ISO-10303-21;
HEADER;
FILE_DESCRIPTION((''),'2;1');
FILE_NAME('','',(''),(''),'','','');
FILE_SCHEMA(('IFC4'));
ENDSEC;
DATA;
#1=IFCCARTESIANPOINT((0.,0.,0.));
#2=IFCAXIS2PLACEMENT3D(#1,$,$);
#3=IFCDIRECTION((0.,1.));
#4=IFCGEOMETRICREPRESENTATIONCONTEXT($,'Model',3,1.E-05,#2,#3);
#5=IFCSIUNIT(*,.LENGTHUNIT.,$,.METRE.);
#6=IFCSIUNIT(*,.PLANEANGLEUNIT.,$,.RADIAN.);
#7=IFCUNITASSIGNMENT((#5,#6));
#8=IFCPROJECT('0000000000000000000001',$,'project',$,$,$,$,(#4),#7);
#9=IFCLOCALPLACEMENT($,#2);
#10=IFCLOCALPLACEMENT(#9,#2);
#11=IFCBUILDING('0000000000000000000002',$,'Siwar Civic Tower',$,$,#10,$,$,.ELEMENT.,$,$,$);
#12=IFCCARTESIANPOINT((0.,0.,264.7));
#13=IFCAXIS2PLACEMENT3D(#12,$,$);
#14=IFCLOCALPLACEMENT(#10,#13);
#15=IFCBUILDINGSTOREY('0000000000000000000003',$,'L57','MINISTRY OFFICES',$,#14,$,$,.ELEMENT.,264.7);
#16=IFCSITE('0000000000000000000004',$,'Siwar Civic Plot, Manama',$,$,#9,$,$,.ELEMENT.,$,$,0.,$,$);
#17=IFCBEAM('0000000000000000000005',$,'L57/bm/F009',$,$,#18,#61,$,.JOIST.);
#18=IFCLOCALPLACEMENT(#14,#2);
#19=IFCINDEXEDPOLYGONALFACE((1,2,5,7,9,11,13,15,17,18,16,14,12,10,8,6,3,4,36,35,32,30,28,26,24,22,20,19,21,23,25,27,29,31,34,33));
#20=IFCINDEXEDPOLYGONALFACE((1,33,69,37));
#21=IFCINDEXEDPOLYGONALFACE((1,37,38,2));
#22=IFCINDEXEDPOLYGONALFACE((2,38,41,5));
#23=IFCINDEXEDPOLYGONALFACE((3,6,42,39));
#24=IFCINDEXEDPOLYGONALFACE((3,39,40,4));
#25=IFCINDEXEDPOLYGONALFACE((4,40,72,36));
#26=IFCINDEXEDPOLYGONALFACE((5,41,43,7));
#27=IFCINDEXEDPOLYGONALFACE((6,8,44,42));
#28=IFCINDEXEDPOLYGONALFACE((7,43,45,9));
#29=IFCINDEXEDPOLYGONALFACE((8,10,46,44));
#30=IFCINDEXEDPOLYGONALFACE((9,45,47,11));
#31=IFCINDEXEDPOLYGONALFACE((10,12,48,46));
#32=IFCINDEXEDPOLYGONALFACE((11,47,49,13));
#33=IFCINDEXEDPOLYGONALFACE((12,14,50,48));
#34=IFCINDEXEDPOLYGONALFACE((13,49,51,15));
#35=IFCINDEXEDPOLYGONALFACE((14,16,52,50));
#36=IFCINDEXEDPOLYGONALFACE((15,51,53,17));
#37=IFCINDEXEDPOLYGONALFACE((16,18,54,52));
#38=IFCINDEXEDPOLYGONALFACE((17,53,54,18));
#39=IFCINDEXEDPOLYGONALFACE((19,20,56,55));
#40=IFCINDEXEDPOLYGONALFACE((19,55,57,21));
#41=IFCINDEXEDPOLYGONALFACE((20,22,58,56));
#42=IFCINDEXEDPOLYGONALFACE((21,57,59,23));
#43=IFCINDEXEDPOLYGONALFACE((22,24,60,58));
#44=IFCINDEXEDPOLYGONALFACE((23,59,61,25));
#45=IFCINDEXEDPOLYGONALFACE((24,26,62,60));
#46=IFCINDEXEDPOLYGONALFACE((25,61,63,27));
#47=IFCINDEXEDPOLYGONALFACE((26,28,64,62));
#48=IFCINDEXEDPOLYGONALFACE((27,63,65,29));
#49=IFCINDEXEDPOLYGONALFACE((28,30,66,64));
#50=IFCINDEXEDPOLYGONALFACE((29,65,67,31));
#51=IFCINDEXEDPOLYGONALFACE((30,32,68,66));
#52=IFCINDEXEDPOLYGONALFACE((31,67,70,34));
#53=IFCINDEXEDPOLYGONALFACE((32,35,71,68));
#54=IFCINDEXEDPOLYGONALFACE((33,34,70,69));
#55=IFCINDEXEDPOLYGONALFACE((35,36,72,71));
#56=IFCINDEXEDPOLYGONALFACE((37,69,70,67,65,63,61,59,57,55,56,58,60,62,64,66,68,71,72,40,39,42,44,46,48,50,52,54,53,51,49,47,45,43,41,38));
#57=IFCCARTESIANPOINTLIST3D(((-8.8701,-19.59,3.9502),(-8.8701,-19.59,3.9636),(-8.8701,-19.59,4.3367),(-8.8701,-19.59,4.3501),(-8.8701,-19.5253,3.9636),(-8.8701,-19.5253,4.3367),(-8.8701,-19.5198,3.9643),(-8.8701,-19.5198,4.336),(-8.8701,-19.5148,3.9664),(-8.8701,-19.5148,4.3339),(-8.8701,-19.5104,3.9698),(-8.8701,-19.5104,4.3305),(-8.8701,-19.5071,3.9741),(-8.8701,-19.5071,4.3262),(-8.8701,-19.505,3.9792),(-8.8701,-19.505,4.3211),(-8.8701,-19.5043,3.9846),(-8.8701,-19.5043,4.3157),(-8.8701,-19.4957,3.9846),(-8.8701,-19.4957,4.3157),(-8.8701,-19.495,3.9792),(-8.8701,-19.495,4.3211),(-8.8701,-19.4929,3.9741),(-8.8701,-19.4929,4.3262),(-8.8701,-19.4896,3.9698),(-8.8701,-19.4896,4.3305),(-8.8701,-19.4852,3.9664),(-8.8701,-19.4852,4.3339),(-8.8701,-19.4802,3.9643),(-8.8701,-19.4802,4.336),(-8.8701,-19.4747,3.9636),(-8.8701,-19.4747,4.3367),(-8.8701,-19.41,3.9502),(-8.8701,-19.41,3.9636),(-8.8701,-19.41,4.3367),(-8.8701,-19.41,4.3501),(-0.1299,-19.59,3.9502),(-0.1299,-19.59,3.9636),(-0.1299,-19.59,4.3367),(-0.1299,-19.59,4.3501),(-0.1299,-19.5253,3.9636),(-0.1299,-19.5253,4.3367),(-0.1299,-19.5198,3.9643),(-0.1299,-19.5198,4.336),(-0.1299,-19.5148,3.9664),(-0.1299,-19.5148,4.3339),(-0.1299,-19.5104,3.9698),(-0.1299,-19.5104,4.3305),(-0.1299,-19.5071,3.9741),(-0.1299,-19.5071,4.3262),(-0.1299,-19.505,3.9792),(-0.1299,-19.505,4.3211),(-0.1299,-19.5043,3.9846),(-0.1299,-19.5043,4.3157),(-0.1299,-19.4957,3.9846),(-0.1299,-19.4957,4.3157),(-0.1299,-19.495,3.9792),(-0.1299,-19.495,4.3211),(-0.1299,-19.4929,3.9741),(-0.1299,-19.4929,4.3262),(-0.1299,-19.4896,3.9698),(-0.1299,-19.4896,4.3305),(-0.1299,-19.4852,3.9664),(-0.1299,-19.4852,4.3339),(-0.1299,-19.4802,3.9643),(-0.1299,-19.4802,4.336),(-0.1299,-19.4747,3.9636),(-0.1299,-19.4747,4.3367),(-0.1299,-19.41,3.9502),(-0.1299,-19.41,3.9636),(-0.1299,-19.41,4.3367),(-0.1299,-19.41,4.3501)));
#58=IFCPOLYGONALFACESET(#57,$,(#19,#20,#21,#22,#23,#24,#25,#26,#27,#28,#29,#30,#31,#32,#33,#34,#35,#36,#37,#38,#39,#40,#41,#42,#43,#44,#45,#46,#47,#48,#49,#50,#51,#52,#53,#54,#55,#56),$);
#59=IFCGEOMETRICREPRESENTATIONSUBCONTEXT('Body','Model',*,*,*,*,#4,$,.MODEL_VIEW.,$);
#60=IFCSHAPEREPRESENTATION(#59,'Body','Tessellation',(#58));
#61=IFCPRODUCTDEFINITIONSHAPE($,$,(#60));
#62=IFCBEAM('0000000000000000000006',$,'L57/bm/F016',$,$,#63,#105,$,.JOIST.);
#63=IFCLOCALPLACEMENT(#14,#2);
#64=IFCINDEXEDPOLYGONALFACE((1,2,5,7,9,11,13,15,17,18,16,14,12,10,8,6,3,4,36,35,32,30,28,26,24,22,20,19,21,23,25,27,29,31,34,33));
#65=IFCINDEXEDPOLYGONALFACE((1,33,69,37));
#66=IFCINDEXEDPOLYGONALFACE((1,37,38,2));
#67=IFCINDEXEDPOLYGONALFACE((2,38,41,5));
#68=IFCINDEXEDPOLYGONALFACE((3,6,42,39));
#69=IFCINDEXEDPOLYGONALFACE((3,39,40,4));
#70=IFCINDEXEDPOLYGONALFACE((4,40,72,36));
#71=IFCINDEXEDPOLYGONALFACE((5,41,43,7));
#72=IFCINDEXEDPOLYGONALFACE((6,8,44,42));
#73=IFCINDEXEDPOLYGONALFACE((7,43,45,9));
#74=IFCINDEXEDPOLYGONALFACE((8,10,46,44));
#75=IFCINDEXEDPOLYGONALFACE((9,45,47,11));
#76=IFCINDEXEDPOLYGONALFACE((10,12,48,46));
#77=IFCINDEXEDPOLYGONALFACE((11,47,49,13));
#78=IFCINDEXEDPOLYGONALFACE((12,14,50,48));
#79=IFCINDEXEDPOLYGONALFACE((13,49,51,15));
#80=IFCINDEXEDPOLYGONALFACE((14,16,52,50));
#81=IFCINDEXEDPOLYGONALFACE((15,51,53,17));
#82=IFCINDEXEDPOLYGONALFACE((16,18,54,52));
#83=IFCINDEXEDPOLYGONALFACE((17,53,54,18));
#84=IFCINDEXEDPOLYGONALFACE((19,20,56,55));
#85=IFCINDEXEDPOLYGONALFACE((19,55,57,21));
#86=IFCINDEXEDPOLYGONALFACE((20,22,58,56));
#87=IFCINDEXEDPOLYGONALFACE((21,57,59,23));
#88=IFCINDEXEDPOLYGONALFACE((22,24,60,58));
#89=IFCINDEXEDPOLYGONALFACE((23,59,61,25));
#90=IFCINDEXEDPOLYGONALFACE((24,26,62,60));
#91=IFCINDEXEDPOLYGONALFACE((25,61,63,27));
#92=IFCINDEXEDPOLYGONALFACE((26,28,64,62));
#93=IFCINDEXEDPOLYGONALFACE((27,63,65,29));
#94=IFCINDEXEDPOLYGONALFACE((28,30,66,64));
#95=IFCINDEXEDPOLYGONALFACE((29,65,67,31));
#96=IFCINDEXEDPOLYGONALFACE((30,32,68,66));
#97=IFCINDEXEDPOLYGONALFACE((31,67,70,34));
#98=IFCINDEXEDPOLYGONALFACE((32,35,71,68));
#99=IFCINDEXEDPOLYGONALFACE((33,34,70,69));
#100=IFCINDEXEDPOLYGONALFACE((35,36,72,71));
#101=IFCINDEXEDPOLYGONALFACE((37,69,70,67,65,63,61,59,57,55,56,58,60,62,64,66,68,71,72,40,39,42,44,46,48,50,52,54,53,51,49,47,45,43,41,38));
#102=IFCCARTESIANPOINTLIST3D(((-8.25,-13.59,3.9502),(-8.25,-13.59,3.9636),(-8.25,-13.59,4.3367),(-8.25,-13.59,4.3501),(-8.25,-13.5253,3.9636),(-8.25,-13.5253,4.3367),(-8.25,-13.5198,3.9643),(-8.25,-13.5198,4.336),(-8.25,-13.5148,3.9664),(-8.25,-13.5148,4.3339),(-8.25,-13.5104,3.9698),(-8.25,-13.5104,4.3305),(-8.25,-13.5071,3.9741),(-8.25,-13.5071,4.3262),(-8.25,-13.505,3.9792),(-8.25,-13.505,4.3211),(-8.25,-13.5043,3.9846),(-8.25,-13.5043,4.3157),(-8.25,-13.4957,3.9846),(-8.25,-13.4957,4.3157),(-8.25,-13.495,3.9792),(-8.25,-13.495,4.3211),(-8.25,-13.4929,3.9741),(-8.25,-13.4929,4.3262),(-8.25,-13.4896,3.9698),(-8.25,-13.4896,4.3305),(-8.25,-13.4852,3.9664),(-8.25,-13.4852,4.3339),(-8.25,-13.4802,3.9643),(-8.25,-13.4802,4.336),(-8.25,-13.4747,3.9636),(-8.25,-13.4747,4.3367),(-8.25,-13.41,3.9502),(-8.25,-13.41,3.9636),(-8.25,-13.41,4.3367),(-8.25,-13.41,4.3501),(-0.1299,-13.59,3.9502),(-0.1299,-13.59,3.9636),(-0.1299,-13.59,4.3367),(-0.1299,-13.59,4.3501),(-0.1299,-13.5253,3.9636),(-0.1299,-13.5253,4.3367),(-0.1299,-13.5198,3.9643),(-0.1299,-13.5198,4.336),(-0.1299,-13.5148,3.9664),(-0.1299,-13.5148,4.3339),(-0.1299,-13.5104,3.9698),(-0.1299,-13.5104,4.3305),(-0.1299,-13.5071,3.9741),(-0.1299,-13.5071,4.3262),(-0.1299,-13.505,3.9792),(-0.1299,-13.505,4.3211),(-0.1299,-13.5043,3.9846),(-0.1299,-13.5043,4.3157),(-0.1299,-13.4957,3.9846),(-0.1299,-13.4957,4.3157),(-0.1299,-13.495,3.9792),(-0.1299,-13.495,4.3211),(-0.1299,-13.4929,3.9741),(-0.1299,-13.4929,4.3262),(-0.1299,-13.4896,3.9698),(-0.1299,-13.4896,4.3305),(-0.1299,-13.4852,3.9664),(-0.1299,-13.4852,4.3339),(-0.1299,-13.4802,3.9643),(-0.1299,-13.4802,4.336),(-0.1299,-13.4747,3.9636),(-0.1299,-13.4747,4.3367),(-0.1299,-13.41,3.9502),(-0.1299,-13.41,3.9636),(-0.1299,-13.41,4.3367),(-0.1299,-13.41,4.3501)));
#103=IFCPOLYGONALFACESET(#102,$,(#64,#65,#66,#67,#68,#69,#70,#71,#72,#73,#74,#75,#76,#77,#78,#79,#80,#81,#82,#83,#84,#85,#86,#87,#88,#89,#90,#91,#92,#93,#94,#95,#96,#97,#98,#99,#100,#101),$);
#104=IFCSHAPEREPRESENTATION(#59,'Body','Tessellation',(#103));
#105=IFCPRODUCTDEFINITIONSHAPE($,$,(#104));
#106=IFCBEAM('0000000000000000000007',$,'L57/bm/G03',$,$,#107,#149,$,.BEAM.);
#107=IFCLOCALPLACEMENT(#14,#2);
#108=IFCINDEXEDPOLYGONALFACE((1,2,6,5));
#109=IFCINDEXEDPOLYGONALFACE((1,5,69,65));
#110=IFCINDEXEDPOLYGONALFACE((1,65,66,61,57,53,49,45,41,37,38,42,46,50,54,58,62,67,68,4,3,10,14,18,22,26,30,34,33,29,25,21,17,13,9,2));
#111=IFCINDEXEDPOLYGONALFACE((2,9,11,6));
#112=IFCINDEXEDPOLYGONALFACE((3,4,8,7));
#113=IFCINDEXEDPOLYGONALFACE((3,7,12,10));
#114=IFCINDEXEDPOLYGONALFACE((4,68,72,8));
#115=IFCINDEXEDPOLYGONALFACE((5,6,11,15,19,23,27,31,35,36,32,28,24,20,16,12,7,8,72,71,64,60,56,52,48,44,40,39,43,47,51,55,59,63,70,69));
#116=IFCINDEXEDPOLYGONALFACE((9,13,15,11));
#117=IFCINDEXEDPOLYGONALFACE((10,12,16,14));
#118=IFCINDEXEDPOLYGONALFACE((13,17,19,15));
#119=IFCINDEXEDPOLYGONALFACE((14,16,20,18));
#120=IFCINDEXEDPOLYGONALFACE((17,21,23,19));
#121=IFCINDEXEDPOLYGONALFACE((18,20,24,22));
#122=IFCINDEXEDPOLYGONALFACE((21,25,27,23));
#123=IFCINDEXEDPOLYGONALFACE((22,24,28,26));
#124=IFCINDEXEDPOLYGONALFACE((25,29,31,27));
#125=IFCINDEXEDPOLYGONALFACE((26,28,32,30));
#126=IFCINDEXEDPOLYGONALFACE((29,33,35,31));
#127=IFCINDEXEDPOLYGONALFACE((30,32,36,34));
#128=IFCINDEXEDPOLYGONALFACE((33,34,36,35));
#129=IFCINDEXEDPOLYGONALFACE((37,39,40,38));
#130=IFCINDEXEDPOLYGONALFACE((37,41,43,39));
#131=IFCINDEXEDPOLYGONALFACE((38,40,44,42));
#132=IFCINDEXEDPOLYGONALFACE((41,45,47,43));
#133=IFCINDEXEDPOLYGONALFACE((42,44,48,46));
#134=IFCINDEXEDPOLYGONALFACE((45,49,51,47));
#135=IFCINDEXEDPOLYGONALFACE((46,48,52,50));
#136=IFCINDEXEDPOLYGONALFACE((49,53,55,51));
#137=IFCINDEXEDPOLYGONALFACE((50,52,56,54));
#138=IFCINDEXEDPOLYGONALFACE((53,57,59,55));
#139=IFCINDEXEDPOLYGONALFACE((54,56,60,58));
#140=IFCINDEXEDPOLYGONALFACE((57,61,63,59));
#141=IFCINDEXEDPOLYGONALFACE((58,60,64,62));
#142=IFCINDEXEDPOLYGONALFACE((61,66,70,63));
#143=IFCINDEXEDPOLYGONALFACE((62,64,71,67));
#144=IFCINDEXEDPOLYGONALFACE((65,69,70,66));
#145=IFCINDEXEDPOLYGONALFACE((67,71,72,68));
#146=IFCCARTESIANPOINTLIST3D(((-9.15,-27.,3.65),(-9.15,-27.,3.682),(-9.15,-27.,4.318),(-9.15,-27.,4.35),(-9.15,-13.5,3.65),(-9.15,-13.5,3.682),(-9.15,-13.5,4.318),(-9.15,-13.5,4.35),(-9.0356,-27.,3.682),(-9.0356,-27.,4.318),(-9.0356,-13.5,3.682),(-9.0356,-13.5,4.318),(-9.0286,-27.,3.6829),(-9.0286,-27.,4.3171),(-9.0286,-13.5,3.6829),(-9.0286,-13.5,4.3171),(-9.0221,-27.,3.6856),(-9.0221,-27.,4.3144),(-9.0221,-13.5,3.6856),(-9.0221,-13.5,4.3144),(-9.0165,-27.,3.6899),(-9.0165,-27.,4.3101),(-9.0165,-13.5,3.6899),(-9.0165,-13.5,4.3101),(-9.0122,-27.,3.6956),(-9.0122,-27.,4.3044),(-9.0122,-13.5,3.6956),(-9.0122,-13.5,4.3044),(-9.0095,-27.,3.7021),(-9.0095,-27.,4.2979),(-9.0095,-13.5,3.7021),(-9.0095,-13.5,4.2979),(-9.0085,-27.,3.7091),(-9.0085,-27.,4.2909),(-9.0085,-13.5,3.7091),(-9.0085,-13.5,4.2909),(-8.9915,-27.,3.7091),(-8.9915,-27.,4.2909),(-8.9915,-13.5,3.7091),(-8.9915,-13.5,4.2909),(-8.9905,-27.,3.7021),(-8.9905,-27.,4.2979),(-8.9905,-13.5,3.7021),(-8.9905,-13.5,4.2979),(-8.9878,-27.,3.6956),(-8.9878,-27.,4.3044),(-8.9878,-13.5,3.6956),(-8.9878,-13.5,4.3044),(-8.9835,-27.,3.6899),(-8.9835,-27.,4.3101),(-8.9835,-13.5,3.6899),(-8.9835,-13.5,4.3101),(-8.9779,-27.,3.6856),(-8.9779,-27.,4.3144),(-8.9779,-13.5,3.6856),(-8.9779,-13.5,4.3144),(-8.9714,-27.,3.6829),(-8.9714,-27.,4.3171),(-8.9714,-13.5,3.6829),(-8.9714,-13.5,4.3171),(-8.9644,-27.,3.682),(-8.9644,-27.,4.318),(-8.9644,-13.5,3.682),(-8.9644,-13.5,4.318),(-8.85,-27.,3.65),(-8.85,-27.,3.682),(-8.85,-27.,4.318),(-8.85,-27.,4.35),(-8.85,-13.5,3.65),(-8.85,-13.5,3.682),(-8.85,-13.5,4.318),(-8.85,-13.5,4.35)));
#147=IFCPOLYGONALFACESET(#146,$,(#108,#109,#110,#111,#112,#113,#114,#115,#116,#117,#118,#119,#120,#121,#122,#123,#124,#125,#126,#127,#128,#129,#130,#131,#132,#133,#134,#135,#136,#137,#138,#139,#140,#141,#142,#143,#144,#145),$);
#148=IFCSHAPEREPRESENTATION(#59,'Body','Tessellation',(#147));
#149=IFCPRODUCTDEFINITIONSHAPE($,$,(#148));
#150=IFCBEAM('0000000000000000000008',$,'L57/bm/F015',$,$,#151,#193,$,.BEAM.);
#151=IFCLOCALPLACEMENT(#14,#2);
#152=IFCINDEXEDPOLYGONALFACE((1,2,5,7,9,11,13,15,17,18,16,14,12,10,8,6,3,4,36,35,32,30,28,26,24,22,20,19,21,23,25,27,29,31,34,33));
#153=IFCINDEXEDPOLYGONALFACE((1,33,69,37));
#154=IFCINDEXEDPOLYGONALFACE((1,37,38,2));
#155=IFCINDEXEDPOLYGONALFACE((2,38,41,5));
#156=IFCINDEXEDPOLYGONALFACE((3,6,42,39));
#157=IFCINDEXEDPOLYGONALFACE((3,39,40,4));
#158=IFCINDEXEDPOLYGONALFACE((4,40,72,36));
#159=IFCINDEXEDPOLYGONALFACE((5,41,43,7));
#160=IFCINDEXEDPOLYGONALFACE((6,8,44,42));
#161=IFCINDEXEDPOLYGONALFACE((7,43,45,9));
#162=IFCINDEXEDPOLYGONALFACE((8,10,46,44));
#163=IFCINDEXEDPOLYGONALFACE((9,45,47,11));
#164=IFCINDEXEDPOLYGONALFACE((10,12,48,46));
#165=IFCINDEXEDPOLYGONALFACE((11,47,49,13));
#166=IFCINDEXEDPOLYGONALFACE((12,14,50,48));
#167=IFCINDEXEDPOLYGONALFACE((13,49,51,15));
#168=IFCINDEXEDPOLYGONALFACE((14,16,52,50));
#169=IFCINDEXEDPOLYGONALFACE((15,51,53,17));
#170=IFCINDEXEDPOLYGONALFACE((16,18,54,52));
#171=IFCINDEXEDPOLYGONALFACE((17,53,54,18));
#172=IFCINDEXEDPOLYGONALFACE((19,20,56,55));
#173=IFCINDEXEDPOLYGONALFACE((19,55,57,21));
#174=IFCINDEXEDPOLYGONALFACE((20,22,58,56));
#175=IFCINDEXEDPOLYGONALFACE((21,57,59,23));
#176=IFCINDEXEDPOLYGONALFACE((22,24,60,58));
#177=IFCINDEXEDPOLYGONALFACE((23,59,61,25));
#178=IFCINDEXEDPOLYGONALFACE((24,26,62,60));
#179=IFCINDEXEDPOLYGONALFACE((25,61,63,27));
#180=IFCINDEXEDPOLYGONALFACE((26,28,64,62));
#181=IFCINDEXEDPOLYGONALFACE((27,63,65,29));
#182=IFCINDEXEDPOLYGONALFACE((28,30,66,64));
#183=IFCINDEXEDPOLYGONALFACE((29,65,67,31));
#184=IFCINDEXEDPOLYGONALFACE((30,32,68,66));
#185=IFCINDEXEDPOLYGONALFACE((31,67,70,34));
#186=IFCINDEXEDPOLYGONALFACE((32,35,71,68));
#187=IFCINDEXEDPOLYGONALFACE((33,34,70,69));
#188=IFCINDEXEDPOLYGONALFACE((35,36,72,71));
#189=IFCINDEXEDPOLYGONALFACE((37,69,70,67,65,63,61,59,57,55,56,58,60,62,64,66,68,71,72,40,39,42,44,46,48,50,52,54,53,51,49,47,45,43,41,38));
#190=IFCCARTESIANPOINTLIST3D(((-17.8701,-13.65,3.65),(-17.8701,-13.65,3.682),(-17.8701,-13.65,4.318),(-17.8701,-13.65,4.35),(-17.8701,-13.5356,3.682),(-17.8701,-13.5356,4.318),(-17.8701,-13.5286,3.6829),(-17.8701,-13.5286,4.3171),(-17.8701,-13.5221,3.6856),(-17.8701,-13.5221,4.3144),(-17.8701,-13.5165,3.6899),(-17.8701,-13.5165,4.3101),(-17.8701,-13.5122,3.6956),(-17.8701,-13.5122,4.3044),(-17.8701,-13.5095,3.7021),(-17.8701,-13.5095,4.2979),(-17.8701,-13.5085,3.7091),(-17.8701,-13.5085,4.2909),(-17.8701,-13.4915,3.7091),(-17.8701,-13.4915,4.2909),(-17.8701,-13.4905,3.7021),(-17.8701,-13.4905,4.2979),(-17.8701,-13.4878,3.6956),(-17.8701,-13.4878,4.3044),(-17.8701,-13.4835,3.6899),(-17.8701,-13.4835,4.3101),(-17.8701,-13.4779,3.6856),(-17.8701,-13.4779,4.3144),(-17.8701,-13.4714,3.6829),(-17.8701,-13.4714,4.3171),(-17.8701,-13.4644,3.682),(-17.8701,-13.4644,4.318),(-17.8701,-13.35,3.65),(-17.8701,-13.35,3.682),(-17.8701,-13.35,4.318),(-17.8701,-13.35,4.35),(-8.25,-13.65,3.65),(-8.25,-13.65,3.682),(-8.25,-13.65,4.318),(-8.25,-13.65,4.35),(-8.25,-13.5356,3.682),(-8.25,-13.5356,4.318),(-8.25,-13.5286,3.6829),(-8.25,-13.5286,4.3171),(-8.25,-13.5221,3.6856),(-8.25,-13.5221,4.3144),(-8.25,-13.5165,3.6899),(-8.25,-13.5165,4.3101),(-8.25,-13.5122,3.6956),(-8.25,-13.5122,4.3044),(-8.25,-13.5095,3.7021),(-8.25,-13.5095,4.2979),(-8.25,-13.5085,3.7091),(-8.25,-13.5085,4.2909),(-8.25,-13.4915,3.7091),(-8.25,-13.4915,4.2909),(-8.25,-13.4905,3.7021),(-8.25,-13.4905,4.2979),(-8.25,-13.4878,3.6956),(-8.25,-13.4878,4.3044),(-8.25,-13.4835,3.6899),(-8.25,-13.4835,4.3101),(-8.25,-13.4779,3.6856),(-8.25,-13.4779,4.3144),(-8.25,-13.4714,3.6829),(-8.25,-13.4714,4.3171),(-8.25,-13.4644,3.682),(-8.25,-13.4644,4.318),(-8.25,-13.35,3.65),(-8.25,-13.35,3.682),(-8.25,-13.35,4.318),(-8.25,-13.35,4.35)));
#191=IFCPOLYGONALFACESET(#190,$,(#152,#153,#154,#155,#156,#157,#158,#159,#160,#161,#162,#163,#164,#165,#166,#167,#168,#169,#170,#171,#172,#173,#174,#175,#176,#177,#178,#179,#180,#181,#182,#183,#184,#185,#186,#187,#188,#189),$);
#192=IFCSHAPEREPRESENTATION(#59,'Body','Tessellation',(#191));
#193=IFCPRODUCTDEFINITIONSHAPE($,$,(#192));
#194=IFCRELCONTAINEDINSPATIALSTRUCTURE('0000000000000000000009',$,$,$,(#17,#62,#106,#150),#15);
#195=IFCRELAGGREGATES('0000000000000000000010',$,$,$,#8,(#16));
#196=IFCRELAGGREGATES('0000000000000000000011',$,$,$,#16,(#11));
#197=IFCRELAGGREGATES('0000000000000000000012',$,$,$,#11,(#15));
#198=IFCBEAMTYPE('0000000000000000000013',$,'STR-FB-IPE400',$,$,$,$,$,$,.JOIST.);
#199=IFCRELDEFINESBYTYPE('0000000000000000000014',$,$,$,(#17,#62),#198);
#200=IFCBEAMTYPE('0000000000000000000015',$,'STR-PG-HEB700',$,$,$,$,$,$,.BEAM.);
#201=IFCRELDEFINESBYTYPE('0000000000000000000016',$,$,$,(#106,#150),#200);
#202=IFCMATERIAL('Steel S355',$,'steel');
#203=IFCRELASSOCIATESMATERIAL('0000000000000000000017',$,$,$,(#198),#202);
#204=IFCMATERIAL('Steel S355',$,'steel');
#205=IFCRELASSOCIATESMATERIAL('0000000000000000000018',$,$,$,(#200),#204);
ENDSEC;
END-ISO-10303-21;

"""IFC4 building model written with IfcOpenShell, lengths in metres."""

from ifc_helpers import new_model, si_unit, direction, frame, origin, origin_2d, place, context, subcontext, project, spatial, i_section, extrude, material, material_profile, profile_set, type_object, element, save


model = new_model("IFC4")

# Units and contexts
model_context = context("Model", 3, precision=1e-05, world=origin(), true_north=direction((0.0, 1.0)))
body_context = subcontext(model_context, "Body", "Model", "MODEL_VIEW")
ifc_project = project(units=[si_unit("LENGTHUNIT", "METRE"), si_unit("PLANEANGLEUNIT", "RADIAN")], contexts=[model_context])

# Site, building, storey
site_placement = place(None, origin())
site = spatial("IfcSite", under=ifc_project, at=site_placement, Name="Siwar Civic Plot, Manama", CompositionType="ELEMENT", RefElevation=0.0)
building_placement = place(site_placement, origin())
building = spatial("IfcBuilding", under=site, at=building_placement, Name="Siwar Civic Tower", CompositionType="ELEMENT")
storey_placement = place(building_placement, frame((0.0, 0.0, 264.7)))
storey = spatial("IfcBuildingStorey", under=building, at=storey_placement, Name="L57", Description="MINISTRY OFFICES", CompositionType="ELEMENT", Elevation=264.7)

# Beams
ifc_material_1 = material(Name="Steel S355", Category="steel")
ifc_material_profile_1 = material_profile(ifc_material_1, i_section(OverallWidth=0.1799, OverallDepth=0.3999, WebThickness=0.0085, FlangeThickness=0.0134, FilletRadius=0.021, at=origin_2d()), Name="IPE400")
ifc_profile_set_1 = profile_set([ifc_material_profile_1], Name="Steel S355")
beam_type_1 = type_object("IfcBeamType", Name="STR-FB-IPE400", PredefinedType="JOIST", material=ifc_profile_set_1)
for number, where, z_axis, x_axis, name in (
    (1, (-8.8701, -19.5, 4.1501), (1.0, 0.0, 0.0), (0.0, 1.0, 0.0), "L57/bm/F009"),
):
    element("IfcBeam", number, at=place(storey_placement, frame(where, z_axis=z_axis, x_axis=x_axis)), inside=storey, type_object=beam_type_1, Name=name, PredefinedType="JOIST", context=body_context, shape_type="SweptSolid", body=[
        extrude(i_section(OverallWidth=0.1799, OverallDepth=0.3999, WebThickness=0.0085, FlangeThickness=0.0134, FilletRadius=0.021, at=origin_2d()), origin(), (0.0, 0.0, 1.0), 8.7402),
    ])
beam_1_placement = place(storey_placement, frame((-8.25, -13.5, 4.1501), z_axis=(1.0, 0.0, 0.0), x_axis=(0.0, 1.0, 0.0)))
element("IfcBeam", 2, at=beam_1_placement, inside=storey, type_object=beam_type_1, Name="L57/bm/F016", PredefinedType="JOIST", context=body_context, shape_type="SweptSolid", body=[
    extrude(i_section(OverallWidth=0.1799, OverallDepth=0.3999, WebThickness=0.0085, FlangeThickness=0.0134, FilletRadius=0.021, at=origin_2d()), origin(), (0.0, 0.0, 1.0), 8.1201),
])
ifc_material_2 = material(Name="Steel S355", Category="steel")
ifc_material_profile_2 = material_profile(ifc_material_2, i_section(OverallWidth=0.3, OverallDepth=0.7, WebThickness=0.0171, FlangeThickness=0.032, FilletRadius=0.0271, at=origin_2d()), Name="HEB700")
ifc_profile_set_2 = profile_set([ifc_material_profile_2], Name="Steel S355")
beam_type_2 = type_object("IfcBeamType", Name="STR-PG-HEB700", PredefinedType="BEAM", material=ifc_profile_set_2)
beam_2_placement = place(storey_placement, frame((-9.0, -27.0, 4.0), z_axis=(0.0, 1.0, 0.0), x_axis=(-1.0, 0.0, 0.0)))
element("IfcBeam", 3, at=beam_2_placement, inside=storey, type_object=beam_type_2, Name="L57/bm/G03", PredefinedType="BEAM", context=body_context, shape_type="SweptSolid", body=[
    extrude(i_section(OverallWidth=0.3, OverallDepth=0.7, WebThickness=0.0171, FlangeThickness=0.032, FilletRadius=0.0271, at=origin_2d()), origin(), (0.0, 0.0, 1.0), 13.5),
])
beam_3_placement = place(storey_placement, frame((-17.8701, -13.5, 4.0), z_axis=(1.0, 0.0, 0.0), x_axis=(0.0, 1.0, 0.0)))
element("IfcBeam", 4, at=beam_3_placement, inside=storey, type_object=beam_type_2, Name="L57/bm/F015", PredefinedType="BEAM", context=body_context, shape_type="SweptSolid", body=[
    extrude(i_section(OverallWidth=0.3, OverallDepth=0.7, WebThickness=0.0171, FlangeThickness=0.032, FilletRadius=0.0271, at=origin_2d()), origin(), (0.0, 0.0, 1.0), 9.6201),
])

save(model, "model.ifc")
